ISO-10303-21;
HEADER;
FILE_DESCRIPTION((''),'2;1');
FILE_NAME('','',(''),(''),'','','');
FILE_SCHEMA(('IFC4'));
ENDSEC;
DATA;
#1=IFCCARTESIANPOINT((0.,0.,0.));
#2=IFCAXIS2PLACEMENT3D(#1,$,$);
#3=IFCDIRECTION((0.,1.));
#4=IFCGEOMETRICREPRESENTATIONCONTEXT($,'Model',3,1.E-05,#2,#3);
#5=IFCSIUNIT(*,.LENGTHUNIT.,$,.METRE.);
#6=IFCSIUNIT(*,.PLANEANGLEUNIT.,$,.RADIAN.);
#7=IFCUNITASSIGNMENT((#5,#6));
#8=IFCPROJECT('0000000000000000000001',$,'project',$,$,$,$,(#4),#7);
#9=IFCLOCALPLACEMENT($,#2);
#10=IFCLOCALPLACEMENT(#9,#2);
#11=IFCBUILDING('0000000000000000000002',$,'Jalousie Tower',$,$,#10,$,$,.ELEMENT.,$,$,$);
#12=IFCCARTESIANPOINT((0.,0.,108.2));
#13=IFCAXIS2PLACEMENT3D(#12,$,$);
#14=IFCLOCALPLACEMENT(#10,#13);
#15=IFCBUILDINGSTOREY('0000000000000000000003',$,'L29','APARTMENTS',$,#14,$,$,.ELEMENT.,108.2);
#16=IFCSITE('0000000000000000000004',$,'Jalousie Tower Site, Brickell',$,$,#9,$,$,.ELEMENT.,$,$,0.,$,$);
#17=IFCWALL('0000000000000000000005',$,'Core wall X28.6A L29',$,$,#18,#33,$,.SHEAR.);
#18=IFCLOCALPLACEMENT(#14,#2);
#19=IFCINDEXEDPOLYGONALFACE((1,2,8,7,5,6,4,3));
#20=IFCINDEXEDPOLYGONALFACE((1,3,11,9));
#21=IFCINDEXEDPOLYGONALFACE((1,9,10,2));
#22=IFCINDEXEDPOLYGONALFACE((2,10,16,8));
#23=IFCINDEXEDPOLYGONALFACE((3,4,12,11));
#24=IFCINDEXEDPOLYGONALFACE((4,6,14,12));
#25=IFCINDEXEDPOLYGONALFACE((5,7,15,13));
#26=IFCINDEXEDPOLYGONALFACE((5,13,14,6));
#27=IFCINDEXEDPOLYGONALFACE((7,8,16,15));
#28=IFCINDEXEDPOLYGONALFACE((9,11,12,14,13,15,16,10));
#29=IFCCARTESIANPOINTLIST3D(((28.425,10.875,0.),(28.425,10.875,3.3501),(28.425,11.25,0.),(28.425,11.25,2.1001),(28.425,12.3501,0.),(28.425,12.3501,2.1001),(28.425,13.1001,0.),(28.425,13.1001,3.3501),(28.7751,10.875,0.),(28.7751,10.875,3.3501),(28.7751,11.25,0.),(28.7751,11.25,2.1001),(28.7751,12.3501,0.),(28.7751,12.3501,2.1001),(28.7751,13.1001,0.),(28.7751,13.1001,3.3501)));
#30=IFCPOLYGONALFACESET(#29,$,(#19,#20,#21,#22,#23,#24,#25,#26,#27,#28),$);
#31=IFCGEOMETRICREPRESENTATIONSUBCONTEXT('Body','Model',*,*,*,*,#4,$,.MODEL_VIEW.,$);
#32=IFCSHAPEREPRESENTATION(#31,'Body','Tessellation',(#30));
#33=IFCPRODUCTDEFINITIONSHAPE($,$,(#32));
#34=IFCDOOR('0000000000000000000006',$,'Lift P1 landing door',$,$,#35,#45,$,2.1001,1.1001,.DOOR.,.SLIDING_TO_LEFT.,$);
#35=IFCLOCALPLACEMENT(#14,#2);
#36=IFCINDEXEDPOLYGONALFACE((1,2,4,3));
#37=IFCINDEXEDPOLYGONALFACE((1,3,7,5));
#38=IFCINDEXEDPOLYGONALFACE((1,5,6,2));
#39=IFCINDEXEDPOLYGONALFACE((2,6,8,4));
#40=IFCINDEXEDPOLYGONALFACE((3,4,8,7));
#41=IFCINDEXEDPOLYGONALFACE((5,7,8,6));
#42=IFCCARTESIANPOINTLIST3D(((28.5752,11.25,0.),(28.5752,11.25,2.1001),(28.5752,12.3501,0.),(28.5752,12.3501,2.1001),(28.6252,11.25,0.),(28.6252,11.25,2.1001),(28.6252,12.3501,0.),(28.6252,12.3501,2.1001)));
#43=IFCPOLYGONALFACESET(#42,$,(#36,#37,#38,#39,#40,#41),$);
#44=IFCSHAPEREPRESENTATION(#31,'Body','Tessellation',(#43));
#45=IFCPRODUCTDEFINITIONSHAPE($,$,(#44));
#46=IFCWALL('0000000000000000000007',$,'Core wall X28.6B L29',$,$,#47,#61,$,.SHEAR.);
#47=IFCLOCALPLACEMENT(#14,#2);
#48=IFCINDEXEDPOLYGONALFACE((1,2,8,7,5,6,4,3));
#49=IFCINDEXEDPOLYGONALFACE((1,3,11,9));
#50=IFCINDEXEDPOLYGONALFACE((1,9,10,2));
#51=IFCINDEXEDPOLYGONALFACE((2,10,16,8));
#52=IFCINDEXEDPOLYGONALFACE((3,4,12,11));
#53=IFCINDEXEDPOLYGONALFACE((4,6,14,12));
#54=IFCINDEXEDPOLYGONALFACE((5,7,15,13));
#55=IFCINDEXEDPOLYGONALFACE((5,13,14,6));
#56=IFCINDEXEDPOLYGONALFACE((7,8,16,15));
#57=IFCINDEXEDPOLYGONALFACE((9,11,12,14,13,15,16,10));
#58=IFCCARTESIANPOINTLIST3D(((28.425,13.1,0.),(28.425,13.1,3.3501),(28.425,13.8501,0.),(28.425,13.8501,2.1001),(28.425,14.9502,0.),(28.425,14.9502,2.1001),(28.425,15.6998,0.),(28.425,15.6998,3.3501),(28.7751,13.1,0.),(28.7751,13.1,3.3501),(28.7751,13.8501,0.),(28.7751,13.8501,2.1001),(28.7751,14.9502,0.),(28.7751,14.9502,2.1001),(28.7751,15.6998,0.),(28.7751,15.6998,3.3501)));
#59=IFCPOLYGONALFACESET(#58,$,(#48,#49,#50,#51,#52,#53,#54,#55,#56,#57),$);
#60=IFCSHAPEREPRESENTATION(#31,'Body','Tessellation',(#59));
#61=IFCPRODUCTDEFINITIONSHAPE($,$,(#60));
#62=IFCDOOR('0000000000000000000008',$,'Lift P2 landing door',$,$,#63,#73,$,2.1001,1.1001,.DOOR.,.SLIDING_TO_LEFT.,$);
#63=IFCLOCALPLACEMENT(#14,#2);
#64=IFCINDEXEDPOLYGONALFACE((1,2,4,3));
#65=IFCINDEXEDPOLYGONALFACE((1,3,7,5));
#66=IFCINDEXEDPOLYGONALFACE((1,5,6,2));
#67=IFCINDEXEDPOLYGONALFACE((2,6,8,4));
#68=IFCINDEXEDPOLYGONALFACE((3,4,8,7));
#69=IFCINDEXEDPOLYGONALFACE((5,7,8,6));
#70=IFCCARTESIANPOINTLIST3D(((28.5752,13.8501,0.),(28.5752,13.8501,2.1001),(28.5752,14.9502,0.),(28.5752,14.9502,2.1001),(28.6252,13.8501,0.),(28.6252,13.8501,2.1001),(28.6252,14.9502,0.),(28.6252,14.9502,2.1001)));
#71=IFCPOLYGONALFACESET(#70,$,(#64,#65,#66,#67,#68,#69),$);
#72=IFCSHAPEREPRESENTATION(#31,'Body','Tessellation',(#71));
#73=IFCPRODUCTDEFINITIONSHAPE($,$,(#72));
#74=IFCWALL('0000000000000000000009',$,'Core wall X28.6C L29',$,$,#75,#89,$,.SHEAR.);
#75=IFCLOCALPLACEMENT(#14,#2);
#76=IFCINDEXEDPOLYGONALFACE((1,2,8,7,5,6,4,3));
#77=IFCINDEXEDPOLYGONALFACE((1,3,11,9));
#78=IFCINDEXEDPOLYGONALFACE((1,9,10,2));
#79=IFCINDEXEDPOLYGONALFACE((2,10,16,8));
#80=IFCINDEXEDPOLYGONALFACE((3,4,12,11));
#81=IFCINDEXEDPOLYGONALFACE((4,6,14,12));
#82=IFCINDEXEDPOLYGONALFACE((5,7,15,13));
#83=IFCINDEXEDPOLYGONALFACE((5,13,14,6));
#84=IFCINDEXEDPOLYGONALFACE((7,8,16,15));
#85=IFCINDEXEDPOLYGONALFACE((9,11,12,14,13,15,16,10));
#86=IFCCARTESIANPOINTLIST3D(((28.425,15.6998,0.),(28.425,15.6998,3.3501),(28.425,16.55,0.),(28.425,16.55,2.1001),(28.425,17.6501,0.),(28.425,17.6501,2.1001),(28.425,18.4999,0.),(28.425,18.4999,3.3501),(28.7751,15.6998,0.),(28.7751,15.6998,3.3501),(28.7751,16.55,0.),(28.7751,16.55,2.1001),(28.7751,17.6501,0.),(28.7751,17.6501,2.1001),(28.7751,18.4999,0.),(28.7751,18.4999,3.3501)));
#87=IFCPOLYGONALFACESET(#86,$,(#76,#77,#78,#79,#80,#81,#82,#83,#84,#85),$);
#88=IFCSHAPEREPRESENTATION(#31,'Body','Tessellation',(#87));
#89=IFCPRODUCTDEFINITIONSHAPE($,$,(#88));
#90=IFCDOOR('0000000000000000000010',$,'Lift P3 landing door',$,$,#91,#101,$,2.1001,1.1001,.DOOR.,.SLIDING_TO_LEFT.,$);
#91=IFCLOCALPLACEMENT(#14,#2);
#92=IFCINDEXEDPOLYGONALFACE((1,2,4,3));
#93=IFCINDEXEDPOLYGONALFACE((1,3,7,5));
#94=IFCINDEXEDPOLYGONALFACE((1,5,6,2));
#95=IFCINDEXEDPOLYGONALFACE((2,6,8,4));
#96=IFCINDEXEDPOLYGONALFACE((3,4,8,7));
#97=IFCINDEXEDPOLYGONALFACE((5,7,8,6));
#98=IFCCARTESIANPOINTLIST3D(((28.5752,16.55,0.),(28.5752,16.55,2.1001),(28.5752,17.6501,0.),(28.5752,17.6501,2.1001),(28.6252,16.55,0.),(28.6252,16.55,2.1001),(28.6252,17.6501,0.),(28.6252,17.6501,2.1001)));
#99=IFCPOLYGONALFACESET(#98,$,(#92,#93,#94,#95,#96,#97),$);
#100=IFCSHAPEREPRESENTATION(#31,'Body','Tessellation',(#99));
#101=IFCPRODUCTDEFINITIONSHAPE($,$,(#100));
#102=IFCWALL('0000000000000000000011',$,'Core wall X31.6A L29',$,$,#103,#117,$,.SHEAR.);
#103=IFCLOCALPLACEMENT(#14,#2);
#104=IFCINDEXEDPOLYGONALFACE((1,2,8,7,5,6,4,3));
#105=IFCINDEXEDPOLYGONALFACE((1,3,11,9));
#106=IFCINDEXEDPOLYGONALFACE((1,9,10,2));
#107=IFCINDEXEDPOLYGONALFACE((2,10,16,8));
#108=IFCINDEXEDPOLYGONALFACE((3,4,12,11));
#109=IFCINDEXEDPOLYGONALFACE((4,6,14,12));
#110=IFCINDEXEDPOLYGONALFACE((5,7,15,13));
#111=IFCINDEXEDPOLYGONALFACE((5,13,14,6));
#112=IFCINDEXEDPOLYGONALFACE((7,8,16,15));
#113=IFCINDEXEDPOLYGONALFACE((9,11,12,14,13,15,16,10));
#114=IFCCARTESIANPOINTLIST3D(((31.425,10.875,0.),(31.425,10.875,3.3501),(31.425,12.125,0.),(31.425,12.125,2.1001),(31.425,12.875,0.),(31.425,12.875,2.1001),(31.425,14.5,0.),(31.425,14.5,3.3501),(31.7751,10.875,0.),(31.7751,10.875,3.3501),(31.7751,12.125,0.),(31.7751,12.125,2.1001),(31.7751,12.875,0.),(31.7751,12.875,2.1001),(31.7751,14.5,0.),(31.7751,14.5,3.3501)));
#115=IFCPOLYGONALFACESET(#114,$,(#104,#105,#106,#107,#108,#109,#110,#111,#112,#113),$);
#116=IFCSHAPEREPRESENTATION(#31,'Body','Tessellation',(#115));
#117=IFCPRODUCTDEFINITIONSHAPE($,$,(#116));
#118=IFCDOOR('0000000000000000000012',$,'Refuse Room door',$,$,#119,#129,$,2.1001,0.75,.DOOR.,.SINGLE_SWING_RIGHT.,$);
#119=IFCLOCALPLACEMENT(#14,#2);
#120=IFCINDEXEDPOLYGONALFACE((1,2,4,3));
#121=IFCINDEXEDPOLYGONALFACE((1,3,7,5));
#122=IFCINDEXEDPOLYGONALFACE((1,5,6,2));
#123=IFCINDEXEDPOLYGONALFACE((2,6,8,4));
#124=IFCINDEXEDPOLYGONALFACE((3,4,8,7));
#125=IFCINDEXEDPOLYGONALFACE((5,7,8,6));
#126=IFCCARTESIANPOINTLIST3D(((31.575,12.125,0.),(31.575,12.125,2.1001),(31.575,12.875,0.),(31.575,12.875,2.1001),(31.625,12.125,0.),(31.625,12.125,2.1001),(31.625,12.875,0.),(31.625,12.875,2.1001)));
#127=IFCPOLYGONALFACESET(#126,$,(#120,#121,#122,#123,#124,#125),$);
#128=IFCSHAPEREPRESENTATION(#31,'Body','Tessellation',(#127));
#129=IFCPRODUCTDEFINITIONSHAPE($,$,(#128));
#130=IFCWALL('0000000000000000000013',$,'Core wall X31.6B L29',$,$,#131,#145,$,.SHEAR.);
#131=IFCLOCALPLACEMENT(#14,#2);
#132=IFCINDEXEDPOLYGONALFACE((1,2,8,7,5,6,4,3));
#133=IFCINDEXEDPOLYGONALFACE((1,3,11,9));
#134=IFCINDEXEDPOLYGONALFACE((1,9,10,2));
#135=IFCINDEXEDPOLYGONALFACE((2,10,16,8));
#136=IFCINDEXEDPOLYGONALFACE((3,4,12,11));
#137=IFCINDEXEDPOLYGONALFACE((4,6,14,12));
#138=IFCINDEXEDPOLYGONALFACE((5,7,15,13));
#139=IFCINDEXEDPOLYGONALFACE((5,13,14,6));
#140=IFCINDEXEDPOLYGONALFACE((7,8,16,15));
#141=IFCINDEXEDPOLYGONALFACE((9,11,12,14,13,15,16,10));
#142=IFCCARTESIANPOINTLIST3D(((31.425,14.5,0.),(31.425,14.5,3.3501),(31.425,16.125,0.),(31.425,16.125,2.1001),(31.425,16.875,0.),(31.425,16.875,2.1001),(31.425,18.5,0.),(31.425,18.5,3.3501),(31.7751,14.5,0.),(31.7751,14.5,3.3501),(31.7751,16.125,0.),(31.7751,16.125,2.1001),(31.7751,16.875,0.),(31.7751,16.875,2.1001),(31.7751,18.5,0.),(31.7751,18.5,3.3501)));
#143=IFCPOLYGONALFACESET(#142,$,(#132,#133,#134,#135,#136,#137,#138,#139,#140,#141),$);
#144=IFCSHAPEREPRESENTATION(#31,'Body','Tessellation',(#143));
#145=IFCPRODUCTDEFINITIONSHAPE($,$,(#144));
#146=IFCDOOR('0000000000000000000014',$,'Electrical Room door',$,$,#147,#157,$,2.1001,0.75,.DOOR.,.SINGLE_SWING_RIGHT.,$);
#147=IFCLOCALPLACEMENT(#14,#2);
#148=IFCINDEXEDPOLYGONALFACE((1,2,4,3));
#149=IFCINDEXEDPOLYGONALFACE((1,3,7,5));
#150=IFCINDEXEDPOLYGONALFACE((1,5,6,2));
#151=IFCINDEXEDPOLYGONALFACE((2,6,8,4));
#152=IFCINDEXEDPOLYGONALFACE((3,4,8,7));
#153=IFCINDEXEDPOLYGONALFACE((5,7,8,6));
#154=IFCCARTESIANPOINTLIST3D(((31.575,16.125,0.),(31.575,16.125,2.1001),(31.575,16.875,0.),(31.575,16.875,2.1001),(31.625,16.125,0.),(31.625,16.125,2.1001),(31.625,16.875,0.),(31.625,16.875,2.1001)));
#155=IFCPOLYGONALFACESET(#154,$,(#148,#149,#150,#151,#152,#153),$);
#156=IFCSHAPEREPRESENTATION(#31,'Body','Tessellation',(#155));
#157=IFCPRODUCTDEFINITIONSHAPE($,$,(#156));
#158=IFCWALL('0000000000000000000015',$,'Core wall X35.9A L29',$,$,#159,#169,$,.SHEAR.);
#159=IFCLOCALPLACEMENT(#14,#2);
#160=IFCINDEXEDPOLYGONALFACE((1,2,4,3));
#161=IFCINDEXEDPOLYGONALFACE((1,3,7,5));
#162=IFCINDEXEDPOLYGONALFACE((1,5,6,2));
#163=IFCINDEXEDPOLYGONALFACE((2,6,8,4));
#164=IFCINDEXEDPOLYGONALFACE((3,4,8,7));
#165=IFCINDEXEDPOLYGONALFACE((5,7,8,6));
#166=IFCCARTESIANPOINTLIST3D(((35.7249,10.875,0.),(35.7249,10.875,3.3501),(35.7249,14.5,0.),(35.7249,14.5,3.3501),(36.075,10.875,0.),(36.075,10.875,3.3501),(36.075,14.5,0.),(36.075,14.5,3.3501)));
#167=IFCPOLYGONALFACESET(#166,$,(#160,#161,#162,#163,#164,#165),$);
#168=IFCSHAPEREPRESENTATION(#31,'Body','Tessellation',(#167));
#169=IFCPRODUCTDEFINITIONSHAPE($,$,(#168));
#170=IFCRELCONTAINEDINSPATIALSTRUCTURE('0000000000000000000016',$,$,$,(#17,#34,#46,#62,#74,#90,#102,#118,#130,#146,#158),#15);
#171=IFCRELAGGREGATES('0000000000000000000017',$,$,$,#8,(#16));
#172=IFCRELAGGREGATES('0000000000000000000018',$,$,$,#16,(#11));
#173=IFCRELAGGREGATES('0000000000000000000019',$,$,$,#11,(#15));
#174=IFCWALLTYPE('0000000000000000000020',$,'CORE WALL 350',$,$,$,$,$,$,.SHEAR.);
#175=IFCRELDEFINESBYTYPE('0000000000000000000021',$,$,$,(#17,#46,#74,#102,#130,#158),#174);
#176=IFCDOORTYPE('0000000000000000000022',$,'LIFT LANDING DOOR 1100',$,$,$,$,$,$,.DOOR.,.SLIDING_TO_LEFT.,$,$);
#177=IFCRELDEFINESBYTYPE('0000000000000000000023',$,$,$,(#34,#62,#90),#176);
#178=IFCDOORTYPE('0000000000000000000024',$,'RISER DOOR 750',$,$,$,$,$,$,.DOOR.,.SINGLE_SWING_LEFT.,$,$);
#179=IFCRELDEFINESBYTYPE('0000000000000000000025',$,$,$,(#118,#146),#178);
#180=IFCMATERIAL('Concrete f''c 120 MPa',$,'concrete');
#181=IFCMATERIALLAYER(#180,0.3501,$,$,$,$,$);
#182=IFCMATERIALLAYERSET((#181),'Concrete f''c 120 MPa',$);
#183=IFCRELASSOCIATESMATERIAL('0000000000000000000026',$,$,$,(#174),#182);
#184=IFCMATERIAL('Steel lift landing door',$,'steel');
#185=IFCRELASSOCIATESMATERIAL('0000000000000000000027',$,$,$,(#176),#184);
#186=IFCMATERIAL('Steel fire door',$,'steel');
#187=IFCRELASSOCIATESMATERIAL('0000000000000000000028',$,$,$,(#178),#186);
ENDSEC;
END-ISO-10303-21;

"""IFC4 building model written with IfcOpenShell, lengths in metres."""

from ifc_helpers import new_model, si_unit, direction, frame, frame_2d, origin, place, context, subcontext, project, spatial, rectangle, extrude, material, layer, layer_set, type_object, element, fill, save


model = new_model("IFC4")

# Units and contexts
model_context = context("Model", 3, precision=1e-05, world=origin(), true_north=direction((0.0, 1.0)))
body_context = subcontext(model_context, "Body", "Model", "MODEL_VIEW")
ifc_project = project(units=[si_unit("LENGTHUNIT", "METRE"), si_unit("PLANEANGLEUNIT", "RADIAN")], contexts=[model_context])

# Site, building, storey
site_placement = place(None, origin())
site = spatial("IfcSite", under=ifc_project, at=site_placement, Name="Jalousie Tower Site, Brickell", CompositionType="ELEMENT", RefElevation=0.0)
building_placement = place(site_placement, origin())
building = spatial("IfcBuilding", under=site, at=building_placement, Name="Jalousie Tower", CompositionType="ELEMENT")
storey_placement = place(building_placement, frame((0.0, 0.0, 108.2)))
storey = spatial("IfcBuildingStorey", under=building, at=storey_placement, Name="L29", Description="APARTMENTS", CompositionType="ELEMENT", Elevation=108.2)

# Walls, openings, doors
ifc_material_1 = material(Name="Concrete f'c 120 MPa", Category="concrete")
ifc_layer = layer(ifc_material_1, 0.3501)
ifc_layer_set = layer_set([ifc_layer], Name="Concrete f'c 120 MPa")
wall_type = type_object("IfcWallType", Name="CORE WALL 350", PredefinedType="SHEAR", material=ifc_layer_set)
wall_1_placement = place(storey_placement, frame((28.6001, 10.875, 0.0), z_axis=(0.0, 0.0, 1.0), x_axis=(0.0, 1.0, 0.0)))
wall_1 = element("IfcWall", 1, at=wall_1_placement, inside=storey, type_object=wall_type, Name="Core wall X28.6A L29", PredefinedType="SHEAR", context=body_context, shape_type="SweptSolid", body=[
    extrude(rectangle(XDim=2.2251, YDim=0.3501, at=frame_2d((1.1125, 0.0))), origin(), (0.0, 0.0, 1.0), 3.3501),
])
opening_1_placement = place(wall_1_placement, frame((0.375, 0.0, 0.0)))
opening_1 = element("IfcOpeningElement", 2, at=opening_1_placement, cuts=wall_1, PredefinedType="OPENING", context=body_context, shape_type="SweptSolid", body=[
    extrude(rectangle(XDim=1.1001, YDim=2.1001, at=frame_2d((0.55, 1.05))), frame((0.0, 0.1851, 0.0), z_axis=(0.0, -1.0, 0.0), x_axis=(1.0, 0.0, 0.0)), (0.0, 0.0, 1.0), 0.3701),
])
ifc_material_2 = material(Name="Steel lift landing door", Category="steel")
door_type_1 = type_object("IfcDoorType", Name="LIFT LANDING DOOR 1100", OperationType="SLIDING_TO_LEFT", PredefinedType="DOOR", material=ifc_material_2)
door_1_placement = place(opening_1_placement, origin())
door_1 = element("IfcDoor", 3, at=door_1_placement, inside=storey, type_object=door_type_1, Name="Lift P1 landing door", OperationType="SLIDING_TO_LEFT", OverallHeight=2.1001, OverallWidth=1.1001, PredefinedType="DOOR", context=body_context, shape_type="SweptSolid", body=[
    extrude(rectangle(XDim=1.1001, YDim=2.1001, at=frame_2d((0.55, 1.05))), frame((0.0, 0.0249, 0.0), z_axis=(0.0, -1.0, 0.0), x_axis=(1.0, 0.0, 0.0)), (0.0, 0.0, 1.0), 0.05),
])
fill(opening_1, door_1)
wall_2_placement = place(storey_placement, frame((28.6001, 13.1001, 0.0), z_axis=(0.0, 0.0, 1.0), x_axis=(0.0, 1.0, 0.0)))
wall_2 = element("IfcWall", 4, at=wall_2_placement, inside=storey, type_object=wall_type, Name="Core wall X28.6B L29", PredefinedType="SHEAR", context=body_context, shape_type="SweptSolid", body=[
    extrude(rectangle(XDim=2.5999, YDim=0.3501, at=frame_2d((1.2998, 0.0))), origin(), (0.0, 0.0, 1.0), 3.3501),
])
opening_2_placement = place(wall_2_placement, frame((0.75, 0.0, 0.0)))
opening_2 = element("IfcOpeningElement", 5, at=opening_2_placement, cuts=wall_2, PredefinedType="OPENING", context=body_context, shape_type="SweptSolid", body=[
    extrude(rectangle(XDim=1.1001, YDim=2.1001, at=frame_2d((0.55, 1.05))), frame((0.0, 0.1851, 0.0), z_axis=(0.0, -1.0, 0.0), x_axis=(1.0, 0.0, 0.0)), (0.0, 0.0, 1.0), 0.3701),
])
door_2_placement = place(opening_2_placement, origin())
door_2 = element("IfcDoor", 6, at=door_2_placement, inside=storey, type_object=door_type_1, Name="Lift P2 landing door", OperationType="SLIDING_TO_LEFT", OverallHeight=2.1001, OverallWidth=1.1001, PredefinedType="DOOR", context=body_context, shape_type="SweptSolid", body=[
    extrude(rectangle(XDim=1.1001, YDim=2.1001, at=frame_2d((0.55, 1.05))), frame((0.0, 0.0249, 0.0), z_axis=(0.0, -1.0, 0.0), x_axis=(1.0, 0.0, 0.0)), (0.0, 0.0, 1.0), 0.05),
])
fill(opening_2, door_2)
wall_3_placement = place(storey_placement, frame((28.6001, 15.7, 0.0), z_axis=(0.0, 0.0, 1.0), x_axis=(0.0, 1.0, 0.0)))
wall_3 = element("IfcWall", 7, at=wall_3_placement, inside=storey, type_object=wall_type, Name="Core wall X28.6C L29", PredefinedType="SHEAR", context=body_context, shape_type="SweptSolid", body=[
    extrude(rectangle(XDim=2.8, YDim=0.3501, at=frame_2d((1.3999, 0.0))), origin(), (0.0, 0.0, 1.0), 3.3501),
])
opening_3_placement = place(wall_3_placement, frame((0.8501, 0.0, 0.0)))
opening_3 = element("IfcOpeningElement", 8, at=opening_3_placement, cuts=wall_3, PredefinedType="OPENING", context=body_context, shape_type="SweptSolid", body=[
    extrude(rectangle(XDim=1.1001, YDim=2.1001, at=frame_2d((0.55, 1.05))), frame((0.0, 0.1851, 0.0), z_axis=(0.0, -1.0, 0.0), x_axis=(1.0, 0.0, 0.0)), (0.0, 0.0, 1.0), 0.3701),
])
door_3_placement = place(opening_3_placement, origin())
door_3 = element("IfcDoor", 9, at=door_3_placement, inside=storey, type_object=door_type_1, Name="Lift P3 landing door", OperationType="SLIDING_TO_LEFT", OverallHeight=2.1001, OverallWidth=1.1001, PredefinedType="DOOR", context=body_context, shape_type="SweptSolid", body=[
    extrude(rectangle(XDim=1.1001, YDim=2.1001, at=frame_2d((0.55, 1.05))), frame((0.0, 0.0249, 0.0), z_axis=(0.0, -1.0, 0.0), x_axis=(1.0, 0.0, 0.0)), (0.0, 0.0, 1.0), 0.05),
])
fill(opening_3, door_3)
wall_4_placement = place(storey_placement, frame((31.6001, 10.875, 0.0), z_axis=(0.0, 0.0, 1.0), x_axis=(0.0, 1.0, 0.0)))
wall_4 = element("IfcWall", 10, at=wall_4_placement, inside=storey, type_object=wall_type, Name="Core wall X31.6A L29", PredefinedType="SHEAR", context=body_context, shape_type="SweptSolid", body=[
    extrude(rectangle(XDim=3.625, YDim=0.3501, at=frame_2d((1.8125, 0.0))), origin(), (0.0, 0.0, 1.0), 3.3501),
])
opening_4_placement = place(wall_4_placement, frame((1.25, 0.0, 0.0)))
opening_4 = element("IfcOpeningElement", 11, at=opening_4_placement, cuts=wall_4, PredefinedType="OPENING", context=body_context, shape_type="SweptSolid", body=[
    extrude(rectangle(XDim=0.75, YDim=2.1001, at=frame_2d((0.375, 1.05))), frame((0.0, 0.1851, 0.0), z_axis=(0.0, -1.0, 0.0), x_axis=(1.0, 0.0, 0.0)), (0.0, 0.0, 1.0), 0.3701),
])
ifc_material_3 = material(Name="Steel fire door", Category="steel")
door_type_2 = type_object("IfcDoorType", Name="RISER DOOR 750", OperationType="SINGLE_SWING_LEFT", PredefinedType="DOOR", material=ifc_material_3)
door_4_placement = place(opening_4_placement, frame((0.75, 0.0, 0.0), z_axis=(0.0, 0.0, 1.0), x_axis=(-1.0, 0.0, 0.0)))
door_4 = element("IfcDoor", 12, at=door_4_placement, inside=storey, type_object=door_type_2, Name="Refuse Room door", OperationType="SINGLE_SWING_RIGHT", OverallHeight=2.1001, OverallWidth=0.75, PredefinedType="DOOR", context=body_context, shape_type="SweptSolid", body=[
    extrude(rectangle(XDim=0.75, YDim=2.1001, at=frame_2d((0.375, 1.05))), frame((0.0, 0.0249, 0.0), z_axis=(0.0, -1.0, 0.0), x_axis=(1.0, 0.0, 0.0)), (0.0, 0.0, 1.0), 0.05),
])
fill(opening_4, door_4)
wall_5_placement = place(storey_placement, frame((31.6001, 14.5, 0.0), z_axis=(0.0, 0.0, 1.0), x_axis=(0.0, 1.0, 0.0)))
wall_5 = element("IfcWall", 13, at=wall_5_placement, inside=storey, type_object=wall_type, Name="Core wall X31.6B L29", PredefinedType="SHEAR", context=body_context, shape_type="SweptSolid", body=[
    extrude(rectangle(XDim=4.0, YDim=0.3501, at=frame_2d((2.0, 0.0))), origin(), (0.0, 0.0, 1.0), 3.3501),
])
opening_5_placement = place(wall_5_placement, frame((1.625, 0.0, 0.0)))
opening_5 = element("IfcOpeningElement", 14, at=opening_5_placement, cuts=wall_5, PredefinedType="OPENING", context=body_context, shape_type="SweptSolid", body=[
    extrude(rectangle(XDim=0.75, YDim=2.1001, at=frame_2d((0.375, 1.05))), frame((0.0, 0.1851, 0.0), z_axis=(0.0, -1.0, 0.0), x_axis=(1.0, 0.0, 0.0)), (0.0, 0.0, 1.0), 0.3701),
])
door_5_placement = place(opening_5_placement, frame((0.75, 0.0, 0.0), z_axis=(0.0, 0.0, 1.0), x_axis=(-1.0, 0.0, 0.0)))
door_5 = element("IfcDoor", 15, at=door_5_placement, inside=storey, type_object=door_type_2, Name="Electrical Room door", OperationType="SINGLE_SWING_RIGHT", OverallHeight=2.1001, OverallWidth=0.75, PredefinedType="DOOR", context=body_context, shape_type="SweptSolid", body=[
    extrude(rectangle(XDim=0.75, YDim=2.1001, at=frame_2d((0.375, 1.05))), frame((0.0, 0.0249, 0.0), z_axis=(0.0, -1.0, 0.0), x_axis=(1.0, 0.0, 0.0)), (0.0, 0.0, 1.0), 0.05),
])
fill(opening_5, door_5)

# Wall
wall_6_placement = place(storey_placement, frame((35.8999, 10.875, 0.0), z_axis=(0.0, 0.0, 1.0), x_axis=(0.0, 1.0, 0.0)))
element("IfcWall", 16, at=wall_6_placement, inside=storey, type_object=wall_type, Name="Core wall X35.9A L29", PredefinedType="SHEAR", context=body_context, shape_type="SweptSolid", body=[
    extrude(rectangle(XDim=3.625, YDim=0.3501, at=frame_2d((1.8125, 0.0))), origin(), (0.0, 0.0, 1.0), 3.3501),
])

save(model, "model.ifc")
